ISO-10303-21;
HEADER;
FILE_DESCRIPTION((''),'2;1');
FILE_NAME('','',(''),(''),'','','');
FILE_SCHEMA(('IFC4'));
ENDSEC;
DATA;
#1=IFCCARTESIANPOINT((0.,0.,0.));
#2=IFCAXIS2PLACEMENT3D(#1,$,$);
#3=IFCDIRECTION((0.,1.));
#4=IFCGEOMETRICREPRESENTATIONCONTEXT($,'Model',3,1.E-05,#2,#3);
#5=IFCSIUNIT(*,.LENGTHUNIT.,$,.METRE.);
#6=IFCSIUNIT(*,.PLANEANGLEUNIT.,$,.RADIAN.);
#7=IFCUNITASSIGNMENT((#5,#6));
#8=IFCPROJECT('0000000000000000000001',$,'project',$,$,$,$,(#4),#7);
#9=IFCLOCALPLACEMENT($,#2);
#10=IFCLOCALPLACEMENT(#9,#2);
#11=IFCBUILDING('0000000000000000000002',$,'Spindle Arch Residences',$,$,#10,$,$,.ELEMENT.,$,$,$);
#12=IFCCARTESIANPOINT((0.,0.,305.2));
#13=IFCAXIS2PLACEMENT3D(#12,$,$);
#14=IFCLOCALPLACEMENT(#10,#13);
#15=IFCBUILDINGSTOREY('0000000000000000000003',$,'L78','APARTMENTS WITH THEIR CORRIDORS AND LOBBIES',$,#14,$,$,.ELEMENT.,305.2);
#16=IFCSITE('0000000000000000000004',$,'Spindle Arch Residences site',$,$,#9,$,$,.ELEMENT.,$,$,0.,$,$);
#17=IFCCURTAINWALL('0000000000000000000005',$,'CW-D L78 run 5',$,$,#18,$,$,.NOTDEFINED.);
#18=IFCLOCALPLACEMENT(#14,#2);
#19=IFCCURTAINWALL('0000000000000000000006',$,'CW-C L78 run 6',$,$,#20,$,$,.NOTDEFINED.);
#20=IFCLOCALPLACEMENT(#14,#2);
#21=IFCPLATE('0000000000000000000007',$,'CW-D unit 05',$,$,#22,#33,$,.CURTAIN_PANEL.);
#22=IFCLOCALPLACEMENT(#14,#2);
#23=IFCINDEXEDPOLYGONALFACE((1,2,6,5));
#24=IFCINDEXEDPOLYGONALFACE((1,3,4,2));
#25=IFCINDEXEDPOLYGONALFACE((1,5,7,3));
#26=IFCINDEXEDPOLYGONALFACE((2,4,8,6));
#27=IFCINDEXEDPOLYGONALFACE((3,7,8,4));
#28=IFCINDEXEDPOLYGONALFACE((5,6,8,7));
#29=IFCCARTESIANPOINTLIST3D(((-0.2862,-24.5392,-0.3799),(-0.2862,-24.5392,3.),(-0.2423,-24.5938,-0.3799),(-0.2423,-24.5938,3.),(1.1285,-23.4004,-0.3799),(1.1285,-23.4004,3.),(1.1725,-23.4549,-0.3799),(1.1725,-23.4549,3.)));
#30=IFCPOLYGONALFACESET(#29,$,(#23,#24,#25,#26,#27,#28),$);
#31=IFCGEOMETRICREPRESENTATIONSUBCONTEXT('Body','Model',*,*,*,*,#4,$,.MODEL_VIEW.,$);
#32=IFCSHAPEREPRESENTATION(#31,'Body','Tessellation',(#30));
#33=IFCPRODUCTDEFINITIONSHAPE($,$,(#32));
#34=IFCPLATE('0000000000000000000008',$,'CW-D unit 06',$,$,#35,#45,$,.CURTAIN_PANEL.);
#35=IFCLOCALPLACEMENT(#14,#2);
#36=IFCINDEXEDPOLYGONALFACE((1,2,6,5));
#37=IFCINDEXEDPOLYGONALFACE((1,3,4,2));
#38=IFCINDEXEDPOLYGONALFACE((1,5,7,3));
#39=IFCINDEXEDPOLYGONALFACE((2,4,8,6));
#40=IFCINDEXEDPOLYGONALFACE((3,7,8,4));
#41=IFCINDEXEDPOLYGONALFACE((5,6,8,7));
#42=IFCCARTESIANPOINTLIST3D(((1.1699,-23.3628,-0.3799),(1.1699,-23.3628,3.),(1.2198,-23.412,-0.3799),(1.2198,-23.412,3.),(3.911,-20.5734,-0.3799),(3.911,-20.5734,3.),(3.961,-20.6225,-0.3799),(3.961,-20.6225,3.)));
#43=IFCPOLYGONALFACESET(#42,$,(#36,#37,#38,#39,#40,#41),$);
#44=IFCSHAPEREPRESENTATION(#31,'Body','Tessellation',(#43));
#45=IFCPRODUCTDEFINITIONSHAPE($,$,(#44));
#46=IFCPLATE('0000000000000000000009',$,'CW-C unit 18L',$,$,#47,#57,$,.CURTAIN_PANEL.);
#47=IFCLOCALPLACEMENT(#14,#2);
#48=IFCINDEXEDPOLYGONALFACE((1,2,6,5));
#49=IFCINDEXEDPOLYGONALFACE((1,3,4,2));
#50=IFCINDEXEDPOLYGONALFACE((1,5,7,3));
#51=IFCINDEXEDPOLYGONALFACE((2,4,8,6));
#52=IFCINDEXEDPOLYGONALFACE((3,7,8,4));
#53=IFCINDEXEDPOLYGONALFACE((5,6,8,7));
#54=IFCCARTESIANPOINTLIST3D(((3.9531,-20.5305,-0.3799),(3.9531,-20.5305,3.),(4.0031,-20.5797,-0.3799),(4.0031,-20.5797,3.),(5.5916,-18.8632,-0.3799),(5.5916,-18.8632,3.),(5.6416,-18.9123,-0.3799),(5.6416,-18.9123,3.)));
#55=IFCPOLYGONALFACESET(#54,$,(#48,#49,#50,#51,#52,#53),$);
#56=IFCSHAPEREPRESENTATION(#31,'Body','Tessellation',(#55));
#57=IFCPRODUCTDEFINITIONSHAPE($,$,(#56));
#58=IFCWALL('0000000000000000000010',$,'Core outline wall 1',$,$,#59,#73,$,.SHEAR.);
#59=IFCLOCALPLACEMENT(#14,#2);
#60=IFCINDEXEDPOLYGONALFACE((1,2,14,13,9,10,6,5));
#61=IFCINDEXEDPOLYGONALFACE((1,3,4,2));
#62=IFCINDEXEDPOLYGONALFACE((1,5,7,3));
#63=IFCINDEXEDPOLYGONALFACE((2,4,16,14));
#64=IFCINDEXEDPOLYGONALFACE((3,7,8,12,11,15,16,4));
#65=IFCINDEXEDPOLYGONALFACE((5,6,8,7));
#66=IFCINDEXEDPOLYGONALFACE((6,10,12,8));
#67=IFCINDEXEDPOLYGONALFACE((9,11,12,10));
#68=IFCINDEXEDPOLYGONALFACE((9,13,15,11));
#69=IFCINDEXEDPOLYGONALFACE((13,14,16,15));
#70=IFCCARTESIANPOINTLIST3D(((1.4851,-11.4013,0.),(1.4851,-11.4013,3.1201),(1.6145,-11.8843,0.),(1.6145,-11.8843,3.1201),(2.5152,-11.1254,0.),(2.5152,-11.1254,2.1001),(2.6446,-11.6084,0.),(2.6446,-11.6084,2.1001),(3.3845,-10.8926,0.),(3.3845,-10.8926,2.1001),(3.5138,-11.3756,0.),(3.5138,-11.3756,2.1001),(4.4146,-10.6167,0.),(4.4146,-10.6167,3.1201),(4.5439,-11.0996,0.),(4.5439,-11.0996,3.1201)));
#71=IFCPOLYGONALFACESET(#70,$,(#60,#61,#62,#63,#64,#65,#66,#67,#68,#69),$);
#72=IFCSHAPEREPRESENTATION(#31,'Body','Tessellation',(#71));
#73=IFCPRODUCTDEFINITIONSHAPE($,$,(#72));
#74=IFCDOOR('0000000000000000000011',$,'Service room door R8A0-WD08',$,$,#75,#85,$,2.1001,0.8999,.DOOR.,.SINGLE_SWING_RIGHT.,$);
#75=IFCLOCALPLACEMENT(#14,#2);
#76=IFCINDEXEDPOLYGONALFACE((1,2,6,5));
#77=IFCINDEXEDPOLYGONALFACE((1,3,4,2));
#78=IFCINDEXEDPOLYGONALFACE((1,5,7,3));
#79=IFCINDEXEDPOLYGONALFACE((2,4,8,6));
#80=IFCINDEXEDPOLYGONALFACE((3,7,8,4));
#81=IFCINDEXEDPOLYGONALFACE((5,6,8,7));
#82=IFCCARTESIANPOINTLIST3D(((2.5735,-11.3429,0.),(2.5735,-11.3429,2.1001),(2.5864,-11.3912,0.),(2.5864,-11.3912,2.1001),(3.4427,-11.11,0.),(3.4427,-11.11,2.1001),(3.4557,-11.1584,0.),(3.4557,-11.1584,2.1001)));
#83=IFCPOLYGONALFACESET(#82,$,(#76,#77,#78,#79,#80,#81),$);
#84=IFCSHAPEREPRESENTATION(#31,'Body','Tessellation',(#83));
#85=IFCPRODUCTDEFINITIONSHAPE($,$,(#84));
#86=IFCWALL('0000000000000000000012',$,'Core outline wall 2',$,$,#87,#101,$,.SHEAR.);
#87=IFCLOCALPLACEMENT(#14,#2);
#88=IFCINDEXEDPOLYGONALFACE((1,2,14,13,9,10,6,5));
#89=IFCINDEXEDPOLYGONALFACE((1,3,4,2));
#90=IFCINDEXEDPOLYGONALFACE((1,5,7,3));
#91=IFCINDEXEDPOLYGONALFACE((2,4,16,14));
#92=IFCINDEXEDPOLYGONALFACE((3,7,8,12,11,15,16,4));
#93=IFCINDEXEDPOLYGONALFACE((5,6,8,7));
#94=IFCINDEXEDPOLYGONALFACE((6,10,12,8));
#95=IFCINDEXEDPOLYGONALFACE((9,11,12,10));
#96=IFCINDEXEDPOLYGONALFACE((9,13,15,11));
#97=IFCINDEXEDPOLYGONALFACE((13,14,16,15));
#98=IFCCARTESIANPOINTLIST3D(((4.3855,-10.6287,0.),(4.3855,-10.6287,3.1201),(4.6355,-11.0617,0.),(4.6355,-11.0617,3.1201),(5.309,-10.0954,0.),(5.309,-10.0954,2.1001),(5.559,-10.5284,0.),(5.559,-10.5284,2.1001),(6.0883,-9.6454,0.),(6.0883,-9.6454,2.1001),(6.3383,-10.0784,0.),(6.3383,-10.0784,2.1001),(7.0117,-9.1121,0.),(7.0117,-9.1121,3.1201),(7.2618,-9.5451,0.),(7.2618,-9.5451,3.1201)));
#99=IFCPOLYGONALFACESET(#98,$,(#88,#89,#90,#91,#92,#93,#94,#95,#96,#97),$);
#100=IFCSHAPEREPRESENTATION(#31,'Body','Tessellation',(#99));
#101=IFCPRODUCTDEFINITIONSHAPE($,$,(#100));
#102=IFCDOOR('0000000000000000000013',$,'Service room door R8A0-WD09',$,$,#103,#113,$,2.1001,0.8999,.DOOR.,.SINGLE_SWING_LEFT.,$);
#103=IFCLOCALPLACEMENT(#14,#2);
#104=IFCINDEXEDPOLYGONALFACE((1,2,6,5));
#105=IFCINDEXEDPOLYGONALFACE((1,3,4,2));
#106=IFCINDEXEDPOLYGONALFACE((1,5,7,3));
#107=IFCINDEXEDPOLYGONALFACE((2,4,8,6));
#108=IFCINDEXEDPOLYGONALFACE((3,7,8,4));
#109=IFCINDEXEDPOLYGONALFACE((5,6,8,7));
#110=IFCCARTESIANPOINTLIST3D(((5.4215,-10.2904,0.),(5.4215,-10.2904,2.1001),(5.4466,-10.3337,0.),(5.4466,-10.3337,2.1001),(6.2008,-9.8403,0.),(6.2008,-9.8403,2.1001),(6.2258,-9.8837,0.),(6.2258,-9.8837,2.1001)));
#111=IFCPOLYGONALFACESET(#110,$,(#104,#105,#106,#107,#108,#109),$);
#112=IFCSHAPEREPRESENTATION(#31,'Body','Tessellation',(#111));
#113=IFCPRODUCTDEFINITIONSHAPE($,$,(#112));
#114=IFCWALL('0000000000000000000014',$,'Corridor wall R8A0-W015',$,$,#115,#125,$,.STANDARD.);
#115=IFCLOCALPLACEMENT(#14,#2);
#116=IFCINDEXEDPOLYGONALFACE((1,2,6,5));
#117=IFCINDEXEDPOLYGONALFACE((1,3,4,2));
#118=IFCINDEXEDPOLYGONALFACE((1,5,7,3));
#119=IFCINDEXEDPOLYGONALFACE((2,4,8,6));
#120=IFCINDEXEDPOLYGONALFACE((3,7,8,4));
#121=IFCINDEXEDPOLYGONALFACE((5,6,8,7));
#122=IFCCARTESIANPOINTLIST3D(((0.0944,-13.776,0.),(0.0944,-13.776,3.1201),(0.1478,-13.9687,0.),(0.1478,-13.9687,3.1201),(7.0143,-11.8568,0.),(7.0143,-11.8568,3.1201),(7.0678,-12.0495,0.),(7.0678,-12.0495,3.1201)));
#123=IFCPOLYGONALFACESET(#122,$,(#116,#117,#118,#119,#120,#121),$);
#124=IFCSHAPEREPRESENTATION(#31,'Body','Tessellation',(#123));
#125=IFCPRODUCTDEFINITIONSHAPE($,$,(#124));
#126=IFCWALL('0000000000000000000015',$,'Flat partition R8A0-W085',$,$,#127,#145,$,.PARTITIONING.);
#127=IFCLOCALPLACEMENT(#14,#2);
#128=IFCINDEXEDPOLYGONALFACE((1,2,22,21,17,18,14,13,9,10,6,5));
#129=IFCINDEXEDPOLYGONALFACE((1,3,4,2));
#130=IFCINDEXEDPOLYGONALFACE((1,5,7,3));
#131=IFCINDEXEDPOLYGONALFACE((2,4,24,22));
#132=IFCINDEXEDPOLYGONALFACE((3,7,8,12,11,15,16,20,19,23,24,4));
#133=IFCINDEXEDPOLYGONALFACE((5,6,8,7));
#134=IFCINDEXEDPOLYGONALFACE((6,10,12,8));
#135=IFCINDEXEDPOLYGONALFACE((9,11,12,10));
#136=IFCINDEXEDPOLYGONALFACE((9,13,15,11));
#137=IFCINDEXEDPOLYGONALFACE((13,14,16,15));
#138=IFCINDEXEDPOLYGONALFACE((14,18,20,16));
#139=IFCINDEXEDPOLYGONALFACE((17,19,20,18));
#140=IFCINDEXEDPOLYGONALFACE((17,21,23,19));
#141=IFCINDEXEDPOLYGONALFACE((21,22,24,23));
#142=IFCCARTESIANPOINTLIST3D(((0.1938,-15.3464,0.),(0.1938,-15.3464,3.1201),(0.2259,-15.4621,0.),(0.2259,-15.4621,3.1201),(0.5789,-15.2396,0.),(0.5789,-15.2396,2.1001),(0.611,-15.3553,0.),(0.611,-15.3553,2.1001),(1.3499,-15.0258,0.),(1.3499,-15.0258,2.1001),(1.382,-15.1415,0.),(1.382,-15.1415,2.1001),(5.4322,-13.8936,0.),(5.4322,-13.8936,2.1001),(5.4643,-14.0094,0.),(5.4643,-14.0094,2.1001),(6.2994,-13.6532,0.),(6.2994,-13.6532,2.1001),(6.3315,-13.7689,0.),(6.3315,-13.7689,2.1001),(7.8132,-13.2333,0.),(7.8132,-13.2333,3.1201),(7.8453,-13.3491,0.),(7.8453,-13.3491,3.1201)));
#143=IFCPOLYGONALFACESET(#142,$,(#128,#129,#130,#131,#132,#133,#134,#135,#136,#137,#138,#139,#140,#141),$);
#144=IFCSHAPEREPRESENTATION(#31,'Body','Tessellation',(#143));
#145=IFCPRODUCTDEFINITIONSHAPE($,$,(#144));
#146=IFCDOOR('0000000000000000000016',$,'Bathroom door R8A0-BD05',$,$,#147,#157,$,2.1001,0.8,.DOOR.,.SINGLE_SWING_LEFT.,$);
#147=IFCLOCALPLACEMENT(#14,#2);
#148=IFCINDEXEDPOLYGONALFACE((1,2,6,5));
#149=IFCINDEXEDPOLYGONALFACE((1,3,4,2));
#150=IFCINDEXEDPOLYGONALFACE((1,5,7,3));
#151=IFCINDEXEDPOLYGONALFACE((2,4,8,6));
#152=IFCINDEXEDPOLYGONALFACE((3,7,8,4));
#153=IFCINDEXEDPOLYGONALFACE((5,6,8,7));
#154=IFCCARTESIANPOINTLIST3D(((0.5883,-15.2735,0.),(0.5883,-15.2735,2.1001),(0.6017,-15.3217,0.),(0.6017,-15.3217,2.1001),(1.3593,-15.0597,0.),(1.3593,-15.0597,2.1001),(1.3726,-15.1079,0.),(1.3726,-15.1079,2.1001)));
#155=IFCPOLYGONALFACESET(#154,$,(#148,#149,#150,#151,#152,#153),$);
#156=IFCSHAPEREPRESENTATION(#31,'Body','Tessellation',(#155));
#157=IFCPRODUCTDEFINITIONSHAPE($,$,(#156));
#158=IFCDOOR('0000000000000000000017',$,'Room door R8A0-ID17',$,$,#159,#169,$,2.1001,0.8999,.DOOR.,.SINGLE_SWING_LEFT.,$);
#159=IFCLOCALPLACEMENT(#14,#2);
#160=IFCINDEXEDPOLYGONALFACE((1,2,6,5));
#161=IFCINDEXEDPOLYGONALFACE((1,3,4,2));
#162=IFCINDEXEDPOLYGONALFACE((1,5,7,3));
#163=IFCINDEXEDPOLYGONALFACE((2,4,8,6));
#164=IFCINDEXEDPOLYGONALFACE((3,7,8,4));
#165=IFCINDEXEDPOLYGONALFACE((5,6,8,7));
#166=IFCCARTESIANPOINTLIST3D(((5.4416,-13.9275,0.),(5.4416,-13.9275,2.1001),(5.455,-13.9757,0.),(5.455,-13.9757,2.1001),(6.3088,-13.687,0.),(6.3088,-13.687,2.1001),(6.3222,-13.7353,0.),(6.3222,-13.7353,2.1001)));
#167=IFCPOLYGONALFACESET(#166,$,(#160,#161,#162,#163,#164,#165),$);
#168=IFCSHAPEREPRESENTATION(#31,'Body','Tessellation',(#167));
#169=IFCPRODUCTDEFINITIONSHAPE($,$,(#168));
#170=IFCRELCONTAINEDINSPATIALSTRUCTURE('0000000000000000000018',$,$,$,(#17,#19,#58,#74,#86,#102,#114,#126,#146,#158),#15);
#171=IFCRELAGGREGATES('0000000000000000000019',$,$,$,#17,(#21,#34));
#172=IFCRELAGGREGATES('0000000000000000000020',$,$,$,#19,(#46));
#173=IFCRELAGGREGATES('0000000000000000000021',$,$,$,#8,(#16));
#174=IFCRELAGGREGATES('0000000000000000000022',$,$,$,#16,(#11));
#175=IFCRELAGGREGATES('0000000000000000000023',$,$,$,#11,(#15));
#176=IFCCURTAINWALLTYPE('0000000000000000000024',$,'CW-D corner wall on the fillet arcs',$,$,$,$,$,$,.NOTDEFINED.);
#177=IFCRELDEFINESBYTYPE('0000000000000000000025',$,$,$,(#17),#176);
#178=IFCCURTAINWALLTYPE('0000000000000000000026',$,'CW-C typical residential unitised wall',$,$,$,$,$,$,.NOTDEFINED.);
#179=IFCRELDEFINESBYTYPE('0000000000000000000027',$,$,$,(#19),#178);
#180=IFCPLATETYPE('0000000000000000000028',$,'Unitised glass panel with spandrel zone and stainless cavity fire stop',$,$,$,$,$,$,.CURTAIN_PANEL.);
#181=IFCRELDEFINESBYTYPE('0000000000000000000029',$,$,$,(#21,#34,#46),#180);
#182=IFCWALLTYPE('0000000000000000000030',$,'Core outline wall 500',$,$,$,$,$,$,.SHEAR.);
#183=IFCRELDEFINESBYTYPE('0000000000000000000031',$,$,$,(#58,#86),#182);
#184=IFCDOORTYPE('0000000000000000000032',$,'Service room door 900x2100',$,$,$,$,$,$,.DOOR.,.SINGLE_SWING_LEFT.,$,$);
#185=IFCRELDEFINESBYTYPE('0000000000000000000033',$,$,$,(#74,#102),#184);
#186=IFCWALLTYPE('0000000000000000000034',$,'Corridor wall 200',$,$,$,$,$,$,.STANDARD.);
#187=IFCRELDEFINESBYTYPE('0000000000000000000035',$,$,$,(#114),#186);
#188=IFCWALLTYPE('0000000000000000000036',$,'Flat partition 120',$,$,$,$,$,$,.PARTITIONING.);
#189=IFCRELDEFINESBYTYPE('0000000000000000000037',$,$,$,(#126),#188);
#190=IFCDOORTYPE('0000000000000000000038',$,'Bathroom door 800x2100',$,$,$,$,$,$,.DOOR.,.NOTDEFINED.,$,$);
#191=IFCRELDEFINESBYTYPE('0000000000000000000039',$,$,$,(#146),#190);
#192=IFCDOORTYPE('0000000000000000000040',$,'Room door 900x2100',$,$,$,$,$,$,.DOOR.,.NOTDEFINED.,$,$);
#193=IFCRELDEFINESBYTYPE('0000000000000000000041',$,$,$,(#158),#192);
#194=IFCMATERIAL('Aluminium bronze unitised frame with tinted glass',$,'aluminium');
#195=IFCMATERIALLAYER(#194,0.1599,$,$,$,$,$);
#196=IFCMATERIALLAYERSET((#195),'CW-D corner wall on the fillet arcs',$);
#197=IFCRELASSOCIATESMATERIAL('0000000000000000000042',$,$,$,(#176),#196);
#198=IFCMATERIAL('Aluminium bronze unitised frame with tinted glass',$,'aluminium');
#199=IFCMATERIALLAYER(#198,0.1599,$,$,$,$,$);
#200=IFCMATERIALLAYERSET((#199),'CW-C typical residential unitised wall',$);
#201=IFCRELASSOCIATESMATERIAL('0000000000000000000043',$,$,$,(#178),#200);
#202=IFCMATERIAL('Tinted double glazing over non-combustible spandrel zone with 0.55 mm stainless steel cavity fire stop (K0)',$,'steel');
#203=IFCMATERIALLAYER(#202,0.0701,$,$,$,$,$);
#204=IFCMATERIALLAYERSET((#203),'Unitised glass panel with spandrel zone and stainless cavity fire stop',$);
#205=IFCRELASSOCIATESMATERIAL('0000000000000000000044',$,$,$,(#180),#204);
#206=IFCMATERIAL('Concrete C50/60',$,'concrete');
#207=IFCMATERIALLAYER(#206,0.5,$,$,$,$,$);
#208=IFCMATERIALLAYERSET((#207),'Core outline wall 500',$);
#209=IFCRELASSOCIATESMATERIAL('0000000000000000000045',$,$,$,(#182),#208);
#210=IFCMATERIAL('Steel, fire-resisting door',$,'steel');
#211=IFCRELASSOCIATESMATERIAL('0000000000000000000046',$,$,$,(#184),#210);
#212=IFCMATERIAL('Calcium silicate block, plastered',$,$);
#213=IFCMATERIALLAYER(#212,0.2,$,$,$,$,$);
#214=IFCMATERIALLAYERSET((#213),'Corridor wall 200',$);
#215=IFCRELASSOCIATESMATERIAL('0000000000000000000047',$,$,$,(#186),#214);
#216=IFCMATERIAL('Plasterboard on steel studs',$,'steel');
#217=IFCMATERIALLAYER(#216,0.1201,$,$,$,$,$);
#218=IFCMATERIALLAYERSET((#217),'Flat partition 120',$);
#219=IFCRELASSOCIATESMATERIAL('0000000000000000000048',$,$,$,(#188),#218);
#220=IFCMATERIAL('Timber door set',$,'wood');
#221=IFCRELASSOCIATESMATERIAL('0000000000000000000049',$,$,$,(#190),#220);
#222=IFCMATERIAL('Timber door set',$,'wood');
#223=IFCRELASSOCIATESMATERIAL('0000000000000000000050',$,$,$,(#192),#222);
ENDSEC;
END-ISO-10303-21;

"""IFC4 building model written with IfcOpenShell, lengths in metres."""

from ifc_helpers import new_model, si_unit, direction, frame, frame_2d, origin, origin_2d, place, context, subcontext, project, spatial, rectangle, extrude, material, layer, layer_set, type_object, element, fill, aggregate, save


model = new_model("IFC4")

# Units and contexts
model_context = context("Model", 3, precision=1e-05, world=origin(), true_north=direction((0.0, 1.0)))
body_context = subcontext(model_context, "Body", "Model", "MODEL_VIEW")
ifc_project = project(units=[si_unit("LENGTHUNIT", "METRE"), si_unit("PLANEANGLEUNIT", "RADIAN")], contexts=[model_context])

# Site, building, storey
site_placement = place(None, origin())
site = spatial("IfcSite", under=ifc_project, at=site_placement, Name="Spindle Arch Residences site", CompositionType="ELEMENT", RefElevation=0.0)
building_placement = place(site_placement, origin())
building = spatial("IfcBuilding", under=site, at=building_placement, Name="Spindle Arch Residences", CompositionType="ELEMENT")
storey_placement = place(building_placement, frame((0.0, 0.0, 305.2)))
storey = spatial("IfcBuildingStorey", under=building, at=storey_placement, Name="L78", Description="APARTMENTS WITH THEIR CORRIDORS AND LOBBIES", CompositionType="ELEMENT", Elevation=305.2)

# Curtain wall
ifc_material_1 = material(Name="Aluminium bronze unitised frame with tinted glass", Category="aluminium")
ifc_layer_1 = layer(ifc_material_1, 0.1599)
ifc_layer_set_1 = layer_set([ifc_layer_1], Name="CW-D corner wall on the fillet arcs")
curtain_wall_type_1 = type_object("IfcCurtainWallType", Name="CW-D corner wall on the fillet arcs", PredefinedType="NOTDEFINED", material=ifc_layer_set_1)
curtain_wall_1_placement = place(storey_placement, origin())
curtain_wall_1 = element("IfcCurtainWall", 1, at=curtain_wall_1_placement, inside=storey, type_object=curtain_wall_type_1, Name="CW-D L78 run 5", PredefinedType="NOTDEFINED")

# Curtain wall
ifc_material_2 = material(Name="Aluminium bronze unitised frame with tinted glass", Category="aluminium")
ifc_layer_2 = layer(ifc_material_2, 0.1599)
ifc_layer_set_2 = layer_set([ifc_layer_2], Name="CW-C typical residential unitised wall")
curtain_wall_type_2 = type_object("IfcCurtainWallType", Name="CW-C typical residential unitised wall", PredefinedType="NOTDEFINED", material=ifc_layer_set_2)
curtain_wall_2_placement = place(storey_placement, origin())
curtain_wall_2 = element("IfcCurtainWall", 2, at=curtain_wall_2_placement, inside=storey, type_object=curtain_wall_type_2, Name="CW-C L78 run 6", PredefinedType="NOTDEFINED")

# Plates
ifc_material_3 = material(Name="Tinted double glazing over non-combustible spandrel zone with 0.55 mm stainless steel cavity fire stop (K0)", Category="steel")
ifc_layer_3 = layer(ifc_material_3, 0.0701)
ifc_layer_set_3 = layer_set([ifc_layer_3], Name="Unitised glass panel with spandrel zone and stainless cavity fire stop")
plate_type = type_object("IfcPlateType", Name="Unitised glass panel with spandrel zone and stainless cavity fire stop", PredefinedType="CURTAIN_PANEL", material=ifc_layer_set_3)
plate_1_placement = place(storey_placement, frame((0.4431, -23.9971, -0.3799), z_axis=(0.0, 0.0, 1.0), x_axis=(0.778973, 0.627057, 0.0)))
plate_1 = element("IfcPlate", 3, at=plate_1_placement, type_object=plate_type, Name="CW-D unit 05", PredefinedType="CURTAIN_PANEL", context=body_context, shape_type="SweptSolid", body=[
    extrude(rectangle(XDim=1.8162, YDim=0.0701, at=origin_2d()), origin(), (0.0, 0.0, 1.0), 3.3799),
])
plate_2_placement = place(storey_placement, frame((2.5654, -21.9927, -0.3799), z_axis=(0.0, 0.0, 1.0), x_axis=(0.700909, 0.71325, 0.0)))
plate_2 = element("IfcPlate", 4, at=plate_2_placement, type_object=plate_type, Name="CW-D unit 06", PredefinedType="CURTAIN_PANEL", context=body_context, shape_type="SweptSolid", body=[
    extrude(rectangle(XDim=3.9109, YDim=0.0701, at=origin_2d()), origin(), (0.0, 0.0, 1.0), 3.3799),
])
aggregate(curtain_wall_1, [plate_1, plate_2])
plate_3_placement = place(storey_placement, frame((4.7974, -19.7214, -0.3799), z_axis=(0.0, 0.0, 1.0), x_axis=(0.700909, 0.71325, 0.0)))
plate_3 = element("IfcPlate", 5, at=plate_3_placement, type_object=plate_type, Name="CW-C unit 18L", PredefinedType="CURTAIN_PANEL", context=body_context, shape_type="SweptSolid", body=[
    extrude(rectangle(XDim=2.3376, YDim=0.0701, at=origin_2d()), origin(), (0.0, 0.0, 1.0), 3.3799),
])
aggregate(curtain_wall_2, [plate_3])

# Walls, openings, doors
ifc_material_4 = material(Name="Concrete C50/60", Category="concrete")
ifc_layer_4 = layer(ifc_material_4, 0.5)
ifc_layer_set_4 = layer_set([ifc_layer_4], Name="Core outline wall 500")
wall_type_1 = type_object("IfcWallType", Name="Core outline wall 500", PredefinedType="SHEAR", material=ifc_layer_set_4)
wall_1_placement = place(storey_placement, frame((1.5498, -11.6428, 0.0), z_axis=(0.0, 0.0, 1.0), x_axis=(0.965948, 0.258735, 0.0)))
wall_1 = element("IfcWall", 6, at=wall_1_placement, inside=storey, type_object=wall_type_1, Name="Core outline wall 1", PredefinedType="SHEAR", context=body_context, shape_type="SweptSolid", body=[
    extrude(rectangle(XDim=3.0327, YDim=0.5, at=frame_2d((1.5164, 0.0))), origin(), (0.0, 0.0, 1.0), 3.1201),
])
opening_1_placement = place(wall_1_placement, frame((1.0664, 0.0, 0.0)))
opening_1 = element("IfcOpeningElement", 7, at=opening_1_placement, cuts=wall_1, PredefinedType="OPENING", context=body_context, shape_type="SweptSolid", body=[
    extrude(rectangle(XDim=0.8999, YDim=2.1001, at=frame_2d((0.45, 1.05))), frame((0.0, 0.26, 0.0), z_axis=(0.0, -1.0, 0.0), x_axis=(1.0, 0.0, 0.0)), (0.0, 0.0, 1.0), 0.52),
])
ifc_material_5 = material(Name="Steel, fire-resisting door", Category="steel")
door_type_1 = type_object("IfcDoorType", Name="Service room door 900x2100", OperationType="SINGLE_SWING_LEFT", PredefinedType="DOOR", material=ifc_material_5)
door_1_placement = place(opening_1_placement, origin())
door_1 = element("IfcDoor", 8, at=door_1_placement, inside=storey, type_object=door_type_1, Name="Service room door R8A0-WD08", OperationType="SINGLE_SWING_RIGHT", OverallHeight=2.1001, OverallWidth=0.8999, PredefinedType="DOOR", context=body_context, shape_type="SweptSolid", body=[
    extrude(rectangle(XDim=0.8999, YDim=2.1001, at=frame_2d((0.45, 1.05))), frame((0.0, 0.0249, 0.0), z_axis=(0.0, -1.0, 0.0), x_axis=(1.0, 0.0, 0.0)), (0.0, 0.0, 1.0), 0.05),
])
fill(opening_1, door_1)
wall_2_placement = place(storey_placement, frame((4.5105, -10.8452, 0.0), z_axis=(0.0, 0.0, 1.0), x_axis=(0.865975, 0.500087, 0.0)))
wall_2 = element("IfcWall", 9, at=wall_2_placement, inside=storey, type_object=wall_type_1, Name="Core outline wall 2", PredefinedType="SHEAR", context=body_context, shape_type="SweptSolid", body=[
    extrude(rectangle(XDim=3.0327, YDim=0.5, at=frame_2d((1.5164, 0.0))), origin(), (0.0, 0.0, 1.0), 3.1201),
])
opening_2_placement = place(wall_2_placement, frame((1.0664, 0.0, 0.0)))
opening_2 = element("IfcOpeningElement", 10, at=opening_2_placement, cuts=wall_2, PredefinedType="OPENING", context=body_context, shape_type="SweptSolid", body=[
    extrude(rectangle(XDim=0.8999, YDim=2.1001, at=frame_2d((0.45, 1.05))), frame((0.0, 0.26, 0.0), z_axis=(0.0, -1.0, 0.0), x_axis=(1.0, 0.0, 0.0)), (0.0, 0.0, 1.0), 0.52),
])
door_2_placement = place(opening_2_placement, origin())
door_2 = element("IfcDoor", 11, at=door_2_placement, inside=storey, type_object=door_type_1, Name="Service room door R8A0-WD09", OperationType="SINGLE_SWING_LEFT", OverallHeight=2.1001, OverallWidth=0.8999, PredefinedType="DOOR", context=body_context, shape_type="SweptSolid", body=[
    extrude(rectangle(XDim=0.8999, YDim=2.1001, at=frame_2d((0.45, 1.05))), frame((0.0, 0.0249, 0.0), z_axis=(0.0, -1.0, 0.0), x_axis=(1.0, 0.0, 0.0)), (0.0, 0.0, 1.0), 0.05),
])
fill(opening_2, door_2)

# Wall
ifc_material_6 = material(Name="Calcium silicate block, plastered")
ifc_layer_5 = layer(ifc_material_6, 0.2)
ifc_layer_set_5 = layer_set([ifc_layer_5], Name="Corridor wall 200")
wall_type_2 = type_object("IfcWallType", Name="Corridor wall 200", PredefinedType="STANDARD", material=ifc_layer_set_5)
wall_3_placement = place(storey_placement, frame((0.1211, -13.8723, 0.0), z_axis=(0.0, 0.0, 1.0), x_axis=(0.963626, 0.267255, 0.0)))
element("IfcWall", 12, at=wall_3_placement, inside=storey, type_object=wall_type_2, Name="Corridor wall R8A0-W015", PredefinedType="STANDARD", context=body_context, shape_type="SweptSolid", body=[
    extrude(rectangle(XDim=7.1812, YDim=0.2, at=frame_2d((3.5906, 0.0))), origin(), (0.0, 0.0, 1.0), 3.1201),
])

# Wall, openings, doors
ifc_material_7 = material(Name="Plasterboard on steel studs", Category="steel")
ifc_layer_6 = layer(ifc_material_7, 0.1201)
ifc_layer_set_6 = layer_set([ifc_layer_6], Name="Flat partition 120")
wall_type_3 = type_object("IfcWallType", Name="Flat partition 120", PredefinedType="PARTITIONING", material=ifc_layer_set_6)
wall_4_placement = place(storey_placement, frame((0.2097, -15.4043, 0.0), z_axis=(0.0, 0.0, 1.0), x_axis=(0.963631, 0.267238, 0.0)))
wall_4 = element("IfcWall", 13, at=wall_4_placement, inside=storey, type_object=wall_type_3, Name="Flat partition R8A0-W085", PredefinedType="PARTITIONING", context=body_context, shape_type="SweptSolid", body=[
    extrude(rectangle(XDim=7.907, YDim=0.1201, at=frame_2d((3.9536, 0.0))), origin(), (0.0, 0.0, 1.0), 3.1201),
])
opening_3_placement = place(wall_4_placement, frame((0.3999, 0.0, 0.0)))
opening_3 = element("IfcOpeningElement", 14, at=opening_3_placement, cuts=wall_4, PredefinedType="OPENING", context=body_context, shape_type="SweptSolid", body=[
    extrude(rectangle(XDim=0.8, YDim=2.1001, at=frame_2d((0.3999, 1.05))), frame((0.0, 0.0701, 0.0), z_axis=(0.0, -1.0, 0.0), x_axis=(1.0, 0.0, 0.0)), (0.0, 0.0, 1.0), 0.1401),
])
opening_4_placement = place(wall_4_placement, frame((5.4363, 0.0, 0.0)))
opening_4 = element("IfcOpeningElement", 15, at=opening_4_placement, cuts=wall_4, PredefinedType="OPENING", context=body_context, shape_type="SweptSolid", body=[
    extrude(rectangle(XDim=0.8999, YDim=2.1001, at=frame_2d((0.45, 1.05))), frame((0.0, 0.0701, 0.0), z_axis=(0.0, -1.0, 0.0), x_axis=(1.0, 0.0, 0.0)), (0.0, 0.0, 1.0), 0.1401),
])
ifc_material_8 = material(Name="Timber door set", Category="wood")
door_type_2 = type_object("IfcDoorType", Name="Bathroom door 800x2100", OperationType="NOTDEFINED", PredefinedType="DOOR", material=ifc_material_8)
door_3_placement = place(opening_3_placement, origin())
door_3 = element("IfcDoor", 16, at=door_3_placement, inside=storey, type_object=door_type_2, Name="Bathroom door R8A0-BD05", OperationType="SINGLE_SWING_LEFT", OverallHeight=2.1001, OverallWidth=0.8, PredefinedType="DOOR", context=body_context, shape_type="SweptSolid", body=[
    extrude(rectangle(XDim=0.8, YDim=2.1001, at=frame_2d((0.3999, 1.05))), frame((0.0, 0.0249, 0.0), z_axis=(0.0, -1.0, 0.0), x_axis=(1.0, 0.0, 0.0)), (0.0, 0.0, 1.0), 0.05),
])
fill(opening_3, door_3)
ifc_material_9 = material(Name="Timber door set", Category="wood")
door_type_3 = type_object("IfcDoorType", Name="Room door 900x2100", OperationType="NOTDEFINED", PredefinedType="DOOR", material=ifc_material_9)
door_4_placement = place(opening_4_placement, origin())
door_4 = element("IfcDoor", 17, at=door_4_placement, inside=storey, type_object=door_type_3, Name="Room door R8A0-ID17", OperationType="SINGLE_SWING_LEFT", OverallHeight=2.1001, OverallWidth=0.8999, PredefinedType="DOOR", context=body_context, shape_type="SweptSolid", body=[
    extrude(rectangle(XDim=0.8999, YDim=2.1001, at=frame_2d((0.45, 1.05))), frame((0.0, 0.0249, 0.0), z_axis=(0.0, -1.0, 0.0), x_axis=(1.0, 0.0, 0.0)), (0.0, 0.0, 1.0), 0.05),
])
fill(opening_4, door_4)

save(model, "model.ifc")
